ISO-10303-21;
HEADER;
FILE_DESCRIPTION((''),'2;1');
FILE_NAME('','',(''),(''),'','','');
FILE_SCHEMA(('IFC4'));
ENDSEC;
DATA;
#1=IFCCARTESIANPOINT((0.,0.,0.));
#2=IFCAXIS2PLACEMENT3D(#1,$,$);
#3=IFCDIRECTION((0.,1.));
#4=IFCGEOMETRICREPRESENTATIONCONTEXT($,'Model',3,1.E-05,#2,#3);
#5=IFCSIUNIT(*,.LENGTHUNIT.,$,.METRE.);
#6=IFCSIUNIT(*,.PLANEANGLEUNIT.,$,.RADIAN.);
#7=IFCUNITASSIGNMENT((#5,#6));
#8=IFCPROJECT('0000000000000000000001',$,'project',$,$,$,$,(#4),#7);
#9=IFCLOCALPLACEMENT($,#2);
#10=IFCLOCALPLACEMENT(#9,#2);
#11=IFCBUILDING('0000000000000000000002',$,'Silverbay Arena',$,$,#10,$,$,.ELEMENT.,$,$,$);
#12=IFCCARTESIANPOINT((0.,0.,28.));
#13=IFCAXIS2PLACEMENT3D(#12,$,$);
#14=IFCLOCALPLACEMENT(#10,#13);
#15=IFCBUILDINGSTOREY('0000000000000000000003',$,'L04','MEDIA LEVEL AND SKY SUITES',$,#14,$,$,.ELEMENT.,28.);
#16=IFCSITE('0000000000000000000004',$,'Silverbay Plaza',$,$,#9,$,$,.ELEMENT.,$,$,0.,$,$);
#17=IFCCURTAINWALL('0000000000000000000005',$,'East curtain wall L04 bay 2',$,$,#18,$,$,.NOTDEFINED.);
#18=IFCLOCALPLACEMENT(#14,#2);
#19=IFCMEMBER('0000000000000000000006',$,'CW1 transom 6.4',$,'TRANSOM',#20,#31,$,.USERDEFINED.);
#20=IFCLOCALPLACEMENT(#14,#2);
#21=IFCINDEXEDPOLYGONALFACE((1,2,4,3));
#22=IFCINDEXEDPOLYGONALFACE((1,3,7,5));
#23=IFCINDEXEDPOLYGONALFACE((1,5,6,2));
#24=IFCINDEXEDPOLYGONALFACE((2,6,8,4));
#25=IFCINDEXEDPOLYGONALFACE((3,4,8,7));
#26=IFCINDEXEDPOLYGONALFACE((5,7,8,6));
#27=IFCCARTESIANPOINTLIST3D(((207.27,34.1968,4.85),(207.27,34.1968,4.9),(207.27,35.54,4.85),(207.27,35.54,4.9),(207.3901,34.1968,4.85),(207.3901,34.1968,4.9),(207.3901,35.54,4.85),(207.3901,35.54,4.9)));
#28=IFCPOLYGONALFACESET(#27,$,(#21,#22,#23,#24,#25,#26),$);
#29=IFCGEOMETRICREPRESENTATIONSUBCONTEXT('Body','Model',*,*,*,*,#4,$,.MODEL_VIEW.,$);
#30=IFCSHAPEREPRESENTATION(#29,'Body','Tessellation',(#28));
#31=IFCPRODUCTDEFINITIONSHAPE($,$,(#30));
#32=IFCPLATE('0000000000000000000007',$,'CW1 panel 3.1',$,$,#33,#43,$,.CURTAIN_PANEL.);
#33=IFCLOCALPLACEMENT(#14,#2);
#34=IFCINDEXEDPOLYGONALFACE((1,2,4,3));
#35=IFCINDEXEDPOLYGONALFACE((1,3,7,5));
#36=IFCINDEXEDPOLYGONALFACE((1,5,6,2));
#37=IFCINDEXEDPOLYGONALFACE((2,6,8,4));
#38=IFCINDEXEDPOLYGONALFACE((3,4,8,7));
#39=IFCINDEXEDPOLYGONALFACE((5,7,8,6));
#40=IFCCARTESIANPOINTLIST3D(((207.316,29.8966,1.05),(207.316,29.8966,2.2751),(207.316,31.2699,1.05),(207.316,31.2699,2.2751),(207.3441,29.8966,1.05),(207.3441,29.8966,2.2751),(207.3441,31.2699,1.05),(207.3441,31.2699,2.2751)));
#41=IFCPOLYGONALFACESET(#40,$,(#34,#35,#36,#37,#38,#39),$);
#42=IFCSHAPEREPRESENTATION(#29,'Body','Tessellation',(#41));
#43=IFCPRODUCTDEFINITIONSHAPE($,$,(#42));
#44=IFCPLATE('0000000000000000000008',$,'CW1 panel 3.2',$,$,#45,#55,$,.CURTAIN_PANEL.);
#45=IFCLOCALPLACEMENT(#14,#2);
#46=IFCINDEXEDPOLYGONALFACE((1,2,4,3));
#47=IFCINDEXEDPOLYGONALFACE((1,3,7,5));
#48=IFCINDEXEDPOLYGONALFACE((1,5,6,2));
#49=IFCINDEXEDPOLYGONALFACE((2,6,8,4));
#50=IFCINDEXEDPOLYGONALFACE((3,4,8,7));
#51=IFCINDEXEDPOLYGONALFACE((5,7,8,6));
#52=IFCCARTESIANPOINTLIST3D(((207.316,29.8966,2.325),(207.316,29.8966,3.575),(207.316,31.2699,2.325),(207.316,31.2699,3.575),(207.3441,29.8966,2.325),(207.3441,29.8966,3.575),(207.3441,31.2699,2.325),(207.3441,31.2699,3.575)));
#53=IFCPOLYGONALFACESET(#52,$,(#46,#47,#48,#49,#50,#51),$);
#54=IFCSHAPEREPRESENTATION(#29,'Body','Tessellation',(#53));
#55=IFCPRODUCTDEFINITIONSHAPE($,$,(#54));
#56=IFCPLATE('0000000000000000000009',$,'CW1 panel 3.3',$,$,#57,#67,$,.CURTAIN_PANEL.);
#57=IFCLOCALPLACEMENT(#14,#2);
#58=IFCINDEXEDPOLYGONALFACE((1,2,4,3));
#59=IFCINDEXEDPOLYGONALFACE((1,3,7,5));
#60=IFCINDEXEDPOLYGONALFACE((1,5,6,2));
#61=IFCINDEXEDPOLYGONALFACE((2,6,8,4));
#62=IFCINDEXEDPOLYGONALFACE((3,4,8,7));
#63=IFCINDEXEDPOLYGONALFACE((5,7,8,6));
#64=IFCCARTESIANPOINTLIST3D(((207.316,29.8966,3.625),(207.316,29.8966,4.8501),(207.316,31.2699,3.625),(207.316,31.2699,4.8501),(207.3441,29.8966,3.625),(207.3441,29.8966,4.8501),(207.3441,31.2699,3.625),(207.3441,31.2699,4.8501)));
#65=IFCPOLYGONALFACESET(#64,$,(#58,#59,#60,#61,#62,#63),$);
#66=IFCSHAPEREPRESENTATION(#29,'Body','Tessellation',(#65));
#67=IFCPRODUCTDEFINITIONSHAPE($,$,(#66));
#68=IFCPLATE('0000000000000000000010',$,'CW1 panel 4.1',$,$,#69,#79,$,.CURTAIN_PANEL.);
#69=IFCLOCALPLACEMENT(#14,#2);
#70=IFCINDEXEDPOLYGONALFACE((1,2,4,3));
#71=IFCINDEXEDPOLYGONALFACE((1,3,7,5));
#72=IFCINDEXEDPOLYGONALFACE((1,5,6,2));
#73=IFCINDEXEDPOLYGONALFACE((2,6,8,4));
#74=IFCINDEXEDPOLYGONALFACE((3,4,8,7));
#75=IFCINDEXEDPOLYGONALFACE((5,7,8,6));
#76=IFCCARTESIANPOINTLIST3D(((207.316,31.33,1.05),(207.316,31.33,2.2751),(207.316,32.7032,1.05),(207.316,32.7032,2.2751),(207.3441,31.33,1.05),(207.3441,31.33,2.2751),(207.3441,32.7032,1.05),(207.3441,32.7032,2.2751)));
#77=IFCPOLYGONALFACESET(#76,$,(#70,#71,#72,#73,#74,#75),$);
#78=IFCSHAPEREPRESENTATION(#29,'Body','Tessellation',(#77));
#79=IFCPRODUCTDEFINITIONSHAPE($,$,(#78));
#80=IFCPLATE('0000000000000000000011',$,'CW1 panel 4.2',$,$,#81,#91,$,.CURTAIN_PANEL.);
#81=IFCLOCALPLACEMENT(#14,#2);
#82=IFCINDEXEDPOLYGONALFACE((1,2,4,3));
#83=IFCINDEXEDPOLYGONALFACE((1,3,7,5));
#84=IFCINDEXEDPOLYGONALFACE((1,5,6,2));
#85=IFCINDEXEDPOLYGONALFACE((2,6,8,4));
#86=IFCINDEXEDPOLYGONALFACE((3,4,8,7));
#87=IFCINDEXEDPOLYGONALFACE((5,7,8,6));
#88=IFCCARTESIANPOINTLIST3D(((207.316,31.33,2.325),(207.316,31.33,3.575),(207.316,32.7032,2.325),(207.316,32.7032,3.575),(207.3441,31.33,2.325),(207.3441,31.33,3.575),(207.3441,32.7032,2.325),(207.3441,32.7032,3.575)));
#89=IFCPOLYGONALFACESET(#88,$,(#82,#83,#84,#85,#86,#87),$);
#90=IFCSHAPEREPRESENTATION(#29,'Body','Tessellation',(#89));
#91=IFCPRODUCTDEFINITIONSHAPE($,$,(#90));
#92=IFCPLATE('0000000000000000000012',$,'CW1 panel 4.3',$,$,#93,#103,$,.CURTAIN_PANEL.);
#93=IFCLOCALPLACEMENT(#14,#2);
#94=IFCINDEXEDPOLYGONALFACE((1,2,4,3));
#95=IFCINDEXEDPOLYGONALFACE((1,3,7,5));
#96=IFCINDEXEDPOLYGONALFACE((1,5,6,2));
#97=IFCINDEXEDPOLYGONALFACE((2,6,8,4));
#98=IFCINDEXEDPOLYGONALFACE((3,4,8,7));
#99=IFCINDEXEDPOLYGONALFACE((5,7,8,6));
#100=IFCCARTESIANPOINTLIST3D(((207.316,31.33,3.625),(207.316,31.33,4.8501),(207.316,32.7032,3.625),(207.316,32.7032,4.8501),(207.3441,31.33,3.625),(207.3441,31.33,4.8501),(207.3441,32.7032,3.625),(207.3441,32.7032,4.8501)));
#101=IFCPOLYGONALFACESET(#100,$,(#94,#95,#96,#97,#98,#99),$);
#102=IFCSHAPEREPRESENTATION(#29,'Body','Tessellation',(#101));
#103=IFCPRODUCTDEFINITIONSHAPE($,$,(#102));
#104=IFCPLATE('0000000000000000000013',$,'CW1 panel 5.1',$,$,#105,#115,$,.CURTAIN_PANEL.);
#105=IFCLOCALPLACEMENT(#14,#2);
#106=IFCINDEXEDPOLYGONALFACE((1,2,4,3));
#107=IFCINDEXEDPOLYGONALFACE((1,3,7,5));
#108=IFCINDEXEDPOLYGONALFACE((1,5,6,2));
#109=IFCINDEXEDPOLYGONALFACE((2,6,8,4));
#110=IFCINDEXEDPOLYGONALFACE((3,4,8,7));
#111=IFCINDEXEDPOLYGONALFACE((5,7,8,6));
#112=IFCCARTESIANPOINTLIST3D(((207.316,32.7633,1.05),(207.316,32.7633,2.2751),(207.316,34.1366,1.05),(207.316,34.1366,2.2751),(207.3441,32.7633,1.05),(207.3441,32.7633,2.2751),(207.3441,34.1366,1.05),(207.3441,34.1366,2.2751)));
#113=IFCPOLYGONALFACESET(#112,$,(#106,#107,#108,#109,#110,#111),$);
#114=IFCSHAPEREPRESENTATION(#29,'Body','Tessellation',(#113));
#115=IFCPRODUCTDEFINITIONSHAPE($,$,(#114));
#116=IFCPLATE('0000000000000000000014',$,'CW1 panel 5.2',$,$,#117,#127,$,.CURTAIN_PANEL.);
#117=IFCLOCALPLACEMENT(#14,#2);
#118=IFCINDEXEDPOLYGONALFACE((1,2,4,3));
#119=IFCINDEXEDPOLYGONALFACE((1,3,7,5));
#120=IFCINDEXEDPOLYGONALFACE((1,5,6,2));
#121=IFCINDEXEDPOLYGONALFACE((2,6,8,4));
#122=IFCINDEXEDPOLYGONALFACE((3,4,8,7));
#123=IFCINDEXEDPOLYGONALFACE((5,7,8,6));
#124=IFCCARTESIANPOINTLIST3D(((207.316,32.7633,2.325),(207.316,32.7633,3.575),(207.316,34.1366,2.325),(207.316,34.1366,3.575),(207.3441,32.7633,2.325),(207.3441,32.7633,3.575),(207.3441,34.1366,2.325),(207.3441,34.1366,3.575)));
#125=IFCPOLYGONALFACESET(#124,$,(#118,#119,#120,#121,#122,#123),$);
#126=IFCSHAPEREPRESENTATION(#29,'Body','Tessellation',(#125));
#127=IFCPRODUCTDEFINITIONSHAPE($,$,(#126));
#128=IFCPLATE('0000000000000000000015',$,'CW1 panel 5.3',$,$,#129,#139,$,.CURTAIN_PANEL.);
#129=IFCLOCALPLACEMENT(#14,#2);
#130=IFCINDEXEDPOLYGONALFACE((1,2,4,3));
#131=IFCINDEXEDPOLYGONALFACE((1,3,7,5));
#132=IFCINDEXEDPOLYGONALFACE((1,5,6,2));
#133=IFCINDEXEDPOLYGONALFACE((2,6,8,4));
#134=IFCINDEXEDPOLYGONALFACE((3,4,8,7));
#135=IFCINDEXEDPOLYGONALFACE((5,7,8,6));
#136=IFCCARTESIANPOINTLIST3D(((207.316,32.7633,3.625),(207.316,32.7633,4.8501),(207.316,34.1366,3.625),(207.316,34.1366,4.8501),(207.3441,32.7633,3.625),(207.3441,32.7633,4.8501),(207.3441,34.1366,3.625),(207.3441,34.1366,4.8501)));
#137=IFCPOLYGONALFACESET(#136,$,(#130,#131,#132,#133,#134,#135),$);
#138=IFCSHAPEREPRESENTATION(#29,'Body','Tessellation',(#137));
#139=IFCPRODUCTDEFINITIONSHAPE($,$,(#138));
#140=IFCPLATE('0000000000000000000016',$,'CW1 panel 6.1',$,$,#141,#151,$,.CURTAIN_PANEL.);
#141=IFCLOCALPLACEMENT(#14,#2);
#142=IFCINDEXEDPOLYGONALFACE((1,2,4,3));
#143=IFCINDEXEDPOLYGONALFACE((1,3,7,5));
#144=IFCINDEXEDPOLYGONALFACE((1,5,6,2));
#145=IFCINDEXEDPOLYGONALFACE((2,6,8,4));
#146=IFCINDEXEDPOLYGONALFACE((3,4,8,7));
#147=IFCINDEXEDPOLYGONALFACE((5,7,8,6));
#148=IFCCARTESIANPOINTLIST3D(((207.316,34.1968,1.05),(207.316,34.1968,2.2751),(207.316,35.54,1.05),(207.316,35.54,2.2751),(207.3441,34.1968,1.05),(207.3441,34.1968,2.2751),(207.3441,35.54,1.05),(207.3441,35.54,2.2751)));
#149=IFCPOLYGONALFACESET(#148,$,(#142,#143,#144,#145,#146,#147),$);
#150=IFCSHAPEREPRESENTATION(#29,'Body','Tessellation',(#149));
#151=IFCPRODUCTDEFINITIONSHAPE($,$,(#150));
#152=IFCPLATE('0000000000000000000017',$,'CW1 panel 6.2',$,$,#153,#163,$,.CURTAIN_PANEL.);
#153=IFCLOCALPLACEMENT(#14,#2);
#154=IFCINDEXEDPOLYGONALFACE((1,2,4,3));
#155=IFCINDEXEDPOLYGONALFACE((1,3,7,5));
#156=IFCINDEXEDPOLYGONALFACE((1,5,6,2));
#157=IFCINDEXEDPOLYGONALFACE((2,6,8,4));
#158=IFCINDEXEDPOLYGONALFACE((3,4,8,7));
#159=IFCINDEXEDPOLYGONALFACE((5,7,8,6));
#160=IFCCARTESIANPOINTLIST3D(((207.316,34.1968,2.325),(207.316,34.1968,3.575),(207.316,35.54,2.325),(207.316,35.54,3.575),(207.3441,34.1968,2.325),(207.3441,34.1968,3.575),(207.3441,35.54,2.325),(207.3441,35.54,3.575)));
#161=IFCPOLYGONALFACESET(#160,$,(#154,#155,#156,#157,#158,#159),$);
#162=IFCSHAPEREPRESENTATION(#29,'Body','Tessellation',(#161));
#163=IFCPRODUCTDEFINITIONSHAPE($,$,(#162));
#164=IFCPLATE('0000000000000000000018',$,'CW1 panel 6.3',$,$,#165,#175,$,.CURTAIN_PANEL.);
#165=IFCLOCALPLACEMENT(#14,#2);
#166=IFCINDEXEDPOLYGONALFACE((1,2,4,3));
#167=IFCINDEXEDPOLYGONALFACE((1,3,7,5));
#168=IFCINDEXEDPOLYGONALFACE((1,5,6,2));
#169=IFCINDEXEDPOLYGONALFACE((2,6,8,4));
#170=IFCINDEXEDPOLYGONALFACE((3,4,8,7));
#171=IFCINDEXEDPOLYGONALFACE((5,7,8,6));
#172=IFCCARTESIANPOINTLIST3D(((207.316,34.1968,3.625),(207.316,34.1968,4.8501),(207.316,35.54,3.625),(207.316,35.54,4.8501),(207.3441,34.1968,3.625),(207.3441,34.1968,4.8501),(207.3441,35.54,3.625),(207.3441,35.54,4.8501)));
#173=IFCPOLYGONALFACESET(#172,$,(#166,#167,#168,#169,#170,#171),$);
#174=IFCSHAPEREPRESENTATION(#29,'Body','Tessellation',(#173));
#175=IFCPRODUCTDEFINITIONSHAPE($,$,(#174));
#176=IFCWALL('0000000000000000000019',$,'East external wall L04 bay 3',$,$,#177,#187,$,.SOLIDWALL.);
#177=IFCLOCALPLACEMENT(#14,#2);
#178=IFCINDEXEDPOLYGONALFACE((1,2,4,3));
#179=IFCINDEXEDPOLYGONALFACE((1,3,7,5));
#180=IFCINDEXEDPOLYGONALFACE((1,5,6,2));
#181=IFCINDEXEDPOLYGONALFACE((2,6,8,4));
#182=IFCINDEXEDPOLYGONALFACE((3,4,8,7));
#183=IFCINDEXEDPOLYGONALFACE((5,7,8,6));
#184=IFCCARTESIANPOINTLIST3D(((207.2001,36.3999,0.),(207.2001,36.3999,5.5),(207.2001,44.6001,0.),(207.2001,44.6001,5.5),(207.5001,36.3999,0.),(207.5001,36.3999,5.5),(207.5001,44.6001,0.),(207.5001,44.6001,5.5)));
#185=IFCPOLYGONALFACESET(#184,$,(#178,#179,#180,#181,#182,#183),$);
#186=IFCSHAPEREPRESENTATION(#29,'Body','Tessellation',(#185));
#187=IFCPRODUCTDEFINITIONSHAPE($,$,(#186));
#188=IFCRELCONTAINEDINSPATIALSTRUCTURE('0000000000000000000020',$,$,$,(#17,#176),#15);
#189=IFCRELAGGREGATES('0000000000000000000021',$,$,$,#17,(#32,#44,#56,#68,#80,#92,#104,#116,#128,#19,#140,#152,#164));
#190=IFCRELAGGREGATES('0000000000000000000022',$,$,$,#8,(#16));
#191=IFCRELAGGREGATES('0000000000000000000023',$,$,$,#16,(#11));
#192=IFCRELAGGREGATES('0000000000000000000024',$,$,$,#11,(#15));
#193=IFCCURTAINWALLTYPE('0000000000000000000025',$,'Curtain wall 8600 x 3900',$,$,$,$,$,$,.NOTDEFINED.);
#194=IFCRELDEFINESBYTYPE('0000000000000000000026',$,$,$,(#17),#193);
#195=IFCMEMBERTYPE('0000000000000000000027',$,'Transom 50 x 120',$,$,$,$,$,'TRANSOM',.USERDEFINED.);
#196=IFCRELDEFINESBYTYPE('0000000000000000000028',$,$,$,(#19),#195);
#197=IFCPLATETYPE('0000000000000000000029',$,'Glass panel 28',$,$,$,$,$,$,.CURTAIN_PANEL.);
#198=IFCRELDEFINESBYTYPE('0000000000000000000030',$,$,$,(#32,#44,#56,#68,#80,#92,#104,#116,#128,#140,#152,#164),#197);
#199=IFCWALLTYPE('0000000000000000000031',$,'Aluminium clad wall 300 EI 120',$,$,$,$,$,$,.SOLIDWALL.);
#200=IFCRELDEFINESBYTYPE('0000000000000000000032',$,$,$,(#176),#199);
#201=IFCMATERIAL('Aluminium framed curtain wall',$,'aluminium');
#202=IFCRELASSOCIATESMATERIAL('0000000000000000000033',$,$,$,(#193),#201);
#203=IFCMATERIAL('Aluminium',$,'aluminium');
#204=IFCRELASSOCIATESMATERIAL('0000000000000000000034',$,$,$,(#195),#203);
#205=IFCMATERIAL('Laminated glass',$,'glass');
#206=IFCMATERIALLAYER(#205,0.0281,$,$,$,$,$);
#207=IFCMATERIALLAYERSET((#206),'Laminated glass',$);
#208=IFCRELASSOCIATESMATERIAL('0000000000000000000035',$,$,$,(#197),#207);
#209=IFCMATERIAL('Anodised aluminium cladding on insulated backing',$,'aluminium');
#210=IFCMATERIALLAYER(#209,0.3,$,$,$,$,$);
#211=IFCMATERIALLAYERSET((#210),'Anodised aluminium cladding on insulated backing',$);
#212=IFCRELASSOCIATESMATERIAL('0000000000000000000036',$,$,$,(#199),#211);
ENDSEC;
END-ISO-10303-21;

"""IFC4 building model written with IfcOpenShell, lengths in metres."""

from ifc_helpers import new_model, si_unit, direction, frame, frame_2d, origin, origin_2d, place, context, subcontext, project, spatial, rectangle, extrude, material, layer, layer_set, material_profile, profile_set, type_object, element, aggregate, save


model = new_model("IFC4")

# Units and contexts
model_context = context("Model", 3, precision=1e-05, world=origin(), true_north=direction((0.0, 1.0)))
body_context = subcontext(model_context, "Body", "Model", "MODEL_VIEW")
ifc_project = project(units=[si_unit("LENGTHUNIT", "METRE"), si_unit("PLANEANGLEUNIT", "RADIAN")], contexts=[model_context])

# Site, building, storey
site_placement = place(None, origin())
site = spatial("IfcSite", under=ifc_project, at=site_placement, Name="Silverbay Plaza", CompositionType="ELEMENT", RefElevation=0.0)
building_placement = place(site_placement, origin())
building = spatial("IfcBuilding", under=site, at=building_placement, Name="Silverbay Arena", CompositionType="ELEMENT")
storey_placement = place(building_placement, frame((0.0, 0.0, 28.0)))
storey = spatial("IfcBuildingStorey", under=building, at=storey_placement, Name="L04", Description="MEDIA LEVEL AND SKY SUITES", CompositionType="ELEMENT", Elevation=28.0)

# Curtain wall, member, plates
ifc_material_1 = material(Name="Aluminium framed curtain wall", Category="aluminium")
curtain_wall_type = type_object("IfcCurtainWallType", Name="Curtain wall 8600 x 3900", PredefinedType="NOTDEFINED", material=ifc_material_1)
curtain_wall_placement = place(storey_placement, origin())
curtain_wall = element("IfcCurtainWall", 1, at=curtain_wall_placement, inside=storey, type_object=curtain_wall_type, Name="East curtain wall L04 bay 2", PredefinedType="NOTDEFINED")
ifc_material_2 = material(Name="Aluminium", Category="aluminium")
ifc_material_profile_1 = material_profile(ifc_material_2, rectangle(XDim=0.1201, YDim=0.05, at=origin_2d()), Name="Transom 50 x 120")
ifc_profile_set_1 = profile_set([ifc_material_profile_1], Name="Aluminium")
member_type_1 = type_object("IfcMemberType", Name="Transom 50 x 120", ElementType="TRANSOM", PredefinedType="USERDEFINED", material=ifc_profile_set_1)
member_1_placement = place(storey_placement, frame((207.3301, 34.1968, 4.875), z_axis=(0.0, 1.0, 0.0), x_axis=(-1.0, 0.0, 0.0)))
member_1 = element("IfcMember", 2, at=member_1_placement, type_object=member_type_1, Name="CW1 transom 6.4", ObjectType="TRANSOM", PredefinedType="USERDEFINED", context=body_context, shape_type="SweptSolid", body=[
    extrude(rectangle(XDim=0.1201, YDim=0.05, at=origin_2d()), origin(), (0.0, 0.0, 1.0), 1.3433),
])
ifc_material_3 = material(Name="Laminated glass", Category="glass")
ifc_layer_1 = layer(ifc_material_3, 0.0281)
ifc_layer_set_1 = layer_set([ifc_layer_1], Name="Laminated glass")
plate_type = type_object("IfcPlateType", Name="Glass panel 28", PredefinedType="CURTAIN_PANEL", material=ifc_layer_set_1)
plate_1_placement = place(storey_placement, frame((207.3301, 30.5833, 1.05), z_axis=(0.0, 0.0, 1.0), x_axis=(0.0, 1.0, 0.0)))
plate_1 = element("IfcPlate", 3, at=plate_1_placement, type_object=plate_type, Name="CW1 panel 3.1", PredefinedType="CURTAIN_PANEL", context=body_context, shape_type="SweptSolid", body=[
    extrude(rectangle(XDim=1.3733, YDim=0.0281, at=origin_2d()), origin(), (0.0, 0.0, 1.0), 1.2251),
])
plate_2_placement = place(storey_placement, frame((207.3301, 30.5833, 2.325), z_axis=(0.0, 0.0, 1.0), x_axis=(0.0, 1.0, 0.0)))
plate_2 = element("IfcPlate", 4, at=plate_2_placement, type_object=plate_type, Name="CW1 panel 3.2", PredefinedType="CURTAIN_PANEL", context=body_context, shape_type="SweptSolid", body=[
    extrude(rectangle(XDim=1.3733, YDim=0.0281, at=origin_2d()), origin(), (0.0, 0.0, 1.0), 1.25),
])
plate_3_placement = place(storey_placement, frame((207.3301, 30.5833, 3.625), z_axis=(0.0, 0.0, 1.0), x_axis=(0.0, 1.0, 0.0)))
plate_3 = element("IfcPlate", 5, at=plate_3_placement, type_object=plate_type, Name="CW1 panel 3.3", PredefinedType="CURTAIN_PANEL", context=body_context, shape_type="SweptSolid", body=[
    extrude(rectangle(XDim=1.3733, YDim=0.0281, at=origin_2d()), origin(), (0.0, 0.0, 1.0), 1.2251),
])
plate_4_placement = place(storey_placement, frame((207.3301, 32.0166, 1.05), z_axis=(0.0, 0.0, 1.0), x_axis=(0.0, 1.0, 0.0)))
plate_4 = element("IfcPlate", 6, at=plate_4_placement, type_object=plate_type, Name="CW1 panel 4.1", PredefinedType="CURTAIN_PANEL", context=body_context, shape_type="SweptSolid", body=[
    extrude(rectangle(XDim=1.3733, YDim=0.0281, at=origin_2d()), origin(), (0.0, 0.0, 1.0), 1.2251),
])
plate_5_placement = place(storey_placement, frame((207.3301, 32.0166, 2.325), z_axis=(0.0, 0.0, 1.0), x_axis=(0.0, 1.0, 0.0)))
plate_5 = element("IfcPlate", 7, at=plate_5_placement, type_object=plate_type, Name="CW1 panel 4.2", PredefinedType="CURTAIN_PANEL", context=body_context, shape_type="SweptSolid", body=[
    extrude(rectangle(XDim=1.3733, YDim=0.0281, at=origin_2d()), origin(), (0.0, 0.0, 1.0), 1.25),
])
plate_6_placement = place(storey_placement, frame((207.3301, 32.0166, 3.625), z_axis=(0.0, 0.0, 1.0), x_axis=(0.0, 1.0, 0.0)))
plate_6 = element("IfcPlate", 8, at=plate_6_placement, type_object=plate_type, Name="CW1 panel 4.3", PredefinedType="CURTAIN_PANEL", context=body_context, shape_type="SweptSolid", body=[
    extrude(rectangle(XDim=1.3733, YDim=0.0281, at=origin_2d()), origin(), (0.0, 0.0, 1.0), 1.2251),
])
plate_7_placement = place(storey_placement, frame((207.3301, 33.45, 1.05), z_axis=(0.0, 0.0, 1.0), x_axis=(0.0, 1.0, 0.0)))
plate_7 = element("IfcPlate", 9, at=plate_7_placement, type_object=plate_type, Name="CW1 panel 5.1", PredefinedType="CURTAIN_PANEL", context=body_context, shape_type="SweptSolid", body=[
    extrude(rectangle(XDim=1.3733, YDim=0.0281, at=origin_2d()), origin(), (0.0, 0.0, 1.0), 1.2251),
])
plate_8_placement = place(storey_placement, frame((207.3301, 33.45, 2.325), z_axis=(0.0, 0.0, 1.0), x_axis=(0.0, 1.0, 0.0)))
plate_8 = element("IfcPlate", 10, at=plate_8_placement, type_object=plate_type, Name="CW1 panel 5.2", PredefinedType="CURTAIN_PANEL", context=body_context, shape_type="SweptSolid", body=[
    extrude(rectangle(XDim=1.3733, YDim=0.0281, at=origin_2d()), origin(), (0.0, 0.0, 1.0), 1.25),
])
plate_9_placement = place(storey_placement, frame((207.3301, 33.45, 3.625), z_axis=(0.0, 0.0, 1.0), x_axis=(0.0, 1.0, 0.0)))
plate_9 = element("IfcPlate", 11, at=plate_9_placement, type_object=plate_type, Name="CW1 panel 5.3", PredefinedType="CURTAIN_PANEL", context=body_context, shape_type="SweptSolid", body=[
    extrude(rectangle(XDim=1.3733, YDim=0.0281, at=origin_2d()), origin(), (0.0, 0.0, 1.0), 1.2251),
])
plate_10_placement = place(storey_placement, frame((207.3301, 34.8684, 1.05), z_axis=(0.0, 0.0, 1.0), x_axis=(0.0, 1.0, 0.0)))
plate_10 = element("IfcPlate", 12, at=plate_10_placement, type_object=plate_type, Name="CW1 panel 6.1", PredefinedType="CURTAIN_PANEL", context=body_context, shape_type="SweptSolid", body=[
    extrude(rectangle(XDim=1.3433, YDim=0.0281, at=origin_2d()), origin(), (0.0, 0.0, 1.0), 1.2251),
])
plate_11_placement = place(storey_placement, frame((207.3301, 34.8684, 2.325), z_axis=(0.0, 0.0, 1.0), x_axis=(0.0, 1.0, 0.0)))
plate_11 = element("IfcPlate", 13, at=plate_11_placement, type_object=plate_type, Name="CW1 panel 6.2", PredefinedType="CURTAIN_PANEL", context=body_context, shape_type="SweptSolid", body=[
    extrude(rectangle(XDim=1.3433, YDim=0.0281, at=origin_2d()), origin(), (0.0, 0.0, 1.0), 1.25),
])
plate_12_placement = place(storey_placement, frame((207.3301, 34.8684, 3.625), z_axis=(0.0, 0.0, 1.0), x_axis=(0.0, 1.0, 0.0)))
plate_12 = element("IfcPlate", 14, at=plate_12_placement, type_object=plate_type, Name="CW1 panel 6.3", PredefinedType="CURTAIN_PANEL", context=body_context, shape_type="SweptSolid", body=[
    extrude(rectangle(XDim=1.3433, YDim=0.0281, at=origin_2d()), origin(), (0.0, 0.0, 1.0), 1.2251),
])
aggregate(curtain_wall, [plate_1, plate_2, plate_3, plate_4, plate_5, plate_6, plate_7, plate_8, plate_9, member_1, plate_10, plate_11, plate_12])

# Wall
ifc_material_4 = material(Name="Anodised aluminium cladding on insulated backing", Category="aluminium")
ifc_layer_2 = layer(ifc_material_4, 0.3)
ifc_layer_set_2 = layer_set([ifc_layer_2], Name="Anodised aluminium cladding on insulated backing")
wall_type = type_object("IfcWallType", Name="Aluminium clad wall 300 EI 120", PredefinedType="SOLIDWALL", material=ifc_layer_set_2)
wall_placement = place(storey_placement, frame((207.3501, 36.3999, 0.0), z_axis=(0.0, 0.0, 1.0), x_axis=(0.0, 1.0, 0.0)))
element("IfcWall", 15, at=wall_placement, inside=storey, type_object=wall_type, Name="East external wall L04 bay 3", PredefinedType="SOLIDWALL", context=body_context, shape_type="SweptSolid", body=[
    extrude(rectangle(XDim=8.2002, YDim=0.3, at=frame_2d((4.1001, 0.0))), origin(), (0.0, 0.0, 1.0), 5.5),
])

save(model, "model.ifc")
